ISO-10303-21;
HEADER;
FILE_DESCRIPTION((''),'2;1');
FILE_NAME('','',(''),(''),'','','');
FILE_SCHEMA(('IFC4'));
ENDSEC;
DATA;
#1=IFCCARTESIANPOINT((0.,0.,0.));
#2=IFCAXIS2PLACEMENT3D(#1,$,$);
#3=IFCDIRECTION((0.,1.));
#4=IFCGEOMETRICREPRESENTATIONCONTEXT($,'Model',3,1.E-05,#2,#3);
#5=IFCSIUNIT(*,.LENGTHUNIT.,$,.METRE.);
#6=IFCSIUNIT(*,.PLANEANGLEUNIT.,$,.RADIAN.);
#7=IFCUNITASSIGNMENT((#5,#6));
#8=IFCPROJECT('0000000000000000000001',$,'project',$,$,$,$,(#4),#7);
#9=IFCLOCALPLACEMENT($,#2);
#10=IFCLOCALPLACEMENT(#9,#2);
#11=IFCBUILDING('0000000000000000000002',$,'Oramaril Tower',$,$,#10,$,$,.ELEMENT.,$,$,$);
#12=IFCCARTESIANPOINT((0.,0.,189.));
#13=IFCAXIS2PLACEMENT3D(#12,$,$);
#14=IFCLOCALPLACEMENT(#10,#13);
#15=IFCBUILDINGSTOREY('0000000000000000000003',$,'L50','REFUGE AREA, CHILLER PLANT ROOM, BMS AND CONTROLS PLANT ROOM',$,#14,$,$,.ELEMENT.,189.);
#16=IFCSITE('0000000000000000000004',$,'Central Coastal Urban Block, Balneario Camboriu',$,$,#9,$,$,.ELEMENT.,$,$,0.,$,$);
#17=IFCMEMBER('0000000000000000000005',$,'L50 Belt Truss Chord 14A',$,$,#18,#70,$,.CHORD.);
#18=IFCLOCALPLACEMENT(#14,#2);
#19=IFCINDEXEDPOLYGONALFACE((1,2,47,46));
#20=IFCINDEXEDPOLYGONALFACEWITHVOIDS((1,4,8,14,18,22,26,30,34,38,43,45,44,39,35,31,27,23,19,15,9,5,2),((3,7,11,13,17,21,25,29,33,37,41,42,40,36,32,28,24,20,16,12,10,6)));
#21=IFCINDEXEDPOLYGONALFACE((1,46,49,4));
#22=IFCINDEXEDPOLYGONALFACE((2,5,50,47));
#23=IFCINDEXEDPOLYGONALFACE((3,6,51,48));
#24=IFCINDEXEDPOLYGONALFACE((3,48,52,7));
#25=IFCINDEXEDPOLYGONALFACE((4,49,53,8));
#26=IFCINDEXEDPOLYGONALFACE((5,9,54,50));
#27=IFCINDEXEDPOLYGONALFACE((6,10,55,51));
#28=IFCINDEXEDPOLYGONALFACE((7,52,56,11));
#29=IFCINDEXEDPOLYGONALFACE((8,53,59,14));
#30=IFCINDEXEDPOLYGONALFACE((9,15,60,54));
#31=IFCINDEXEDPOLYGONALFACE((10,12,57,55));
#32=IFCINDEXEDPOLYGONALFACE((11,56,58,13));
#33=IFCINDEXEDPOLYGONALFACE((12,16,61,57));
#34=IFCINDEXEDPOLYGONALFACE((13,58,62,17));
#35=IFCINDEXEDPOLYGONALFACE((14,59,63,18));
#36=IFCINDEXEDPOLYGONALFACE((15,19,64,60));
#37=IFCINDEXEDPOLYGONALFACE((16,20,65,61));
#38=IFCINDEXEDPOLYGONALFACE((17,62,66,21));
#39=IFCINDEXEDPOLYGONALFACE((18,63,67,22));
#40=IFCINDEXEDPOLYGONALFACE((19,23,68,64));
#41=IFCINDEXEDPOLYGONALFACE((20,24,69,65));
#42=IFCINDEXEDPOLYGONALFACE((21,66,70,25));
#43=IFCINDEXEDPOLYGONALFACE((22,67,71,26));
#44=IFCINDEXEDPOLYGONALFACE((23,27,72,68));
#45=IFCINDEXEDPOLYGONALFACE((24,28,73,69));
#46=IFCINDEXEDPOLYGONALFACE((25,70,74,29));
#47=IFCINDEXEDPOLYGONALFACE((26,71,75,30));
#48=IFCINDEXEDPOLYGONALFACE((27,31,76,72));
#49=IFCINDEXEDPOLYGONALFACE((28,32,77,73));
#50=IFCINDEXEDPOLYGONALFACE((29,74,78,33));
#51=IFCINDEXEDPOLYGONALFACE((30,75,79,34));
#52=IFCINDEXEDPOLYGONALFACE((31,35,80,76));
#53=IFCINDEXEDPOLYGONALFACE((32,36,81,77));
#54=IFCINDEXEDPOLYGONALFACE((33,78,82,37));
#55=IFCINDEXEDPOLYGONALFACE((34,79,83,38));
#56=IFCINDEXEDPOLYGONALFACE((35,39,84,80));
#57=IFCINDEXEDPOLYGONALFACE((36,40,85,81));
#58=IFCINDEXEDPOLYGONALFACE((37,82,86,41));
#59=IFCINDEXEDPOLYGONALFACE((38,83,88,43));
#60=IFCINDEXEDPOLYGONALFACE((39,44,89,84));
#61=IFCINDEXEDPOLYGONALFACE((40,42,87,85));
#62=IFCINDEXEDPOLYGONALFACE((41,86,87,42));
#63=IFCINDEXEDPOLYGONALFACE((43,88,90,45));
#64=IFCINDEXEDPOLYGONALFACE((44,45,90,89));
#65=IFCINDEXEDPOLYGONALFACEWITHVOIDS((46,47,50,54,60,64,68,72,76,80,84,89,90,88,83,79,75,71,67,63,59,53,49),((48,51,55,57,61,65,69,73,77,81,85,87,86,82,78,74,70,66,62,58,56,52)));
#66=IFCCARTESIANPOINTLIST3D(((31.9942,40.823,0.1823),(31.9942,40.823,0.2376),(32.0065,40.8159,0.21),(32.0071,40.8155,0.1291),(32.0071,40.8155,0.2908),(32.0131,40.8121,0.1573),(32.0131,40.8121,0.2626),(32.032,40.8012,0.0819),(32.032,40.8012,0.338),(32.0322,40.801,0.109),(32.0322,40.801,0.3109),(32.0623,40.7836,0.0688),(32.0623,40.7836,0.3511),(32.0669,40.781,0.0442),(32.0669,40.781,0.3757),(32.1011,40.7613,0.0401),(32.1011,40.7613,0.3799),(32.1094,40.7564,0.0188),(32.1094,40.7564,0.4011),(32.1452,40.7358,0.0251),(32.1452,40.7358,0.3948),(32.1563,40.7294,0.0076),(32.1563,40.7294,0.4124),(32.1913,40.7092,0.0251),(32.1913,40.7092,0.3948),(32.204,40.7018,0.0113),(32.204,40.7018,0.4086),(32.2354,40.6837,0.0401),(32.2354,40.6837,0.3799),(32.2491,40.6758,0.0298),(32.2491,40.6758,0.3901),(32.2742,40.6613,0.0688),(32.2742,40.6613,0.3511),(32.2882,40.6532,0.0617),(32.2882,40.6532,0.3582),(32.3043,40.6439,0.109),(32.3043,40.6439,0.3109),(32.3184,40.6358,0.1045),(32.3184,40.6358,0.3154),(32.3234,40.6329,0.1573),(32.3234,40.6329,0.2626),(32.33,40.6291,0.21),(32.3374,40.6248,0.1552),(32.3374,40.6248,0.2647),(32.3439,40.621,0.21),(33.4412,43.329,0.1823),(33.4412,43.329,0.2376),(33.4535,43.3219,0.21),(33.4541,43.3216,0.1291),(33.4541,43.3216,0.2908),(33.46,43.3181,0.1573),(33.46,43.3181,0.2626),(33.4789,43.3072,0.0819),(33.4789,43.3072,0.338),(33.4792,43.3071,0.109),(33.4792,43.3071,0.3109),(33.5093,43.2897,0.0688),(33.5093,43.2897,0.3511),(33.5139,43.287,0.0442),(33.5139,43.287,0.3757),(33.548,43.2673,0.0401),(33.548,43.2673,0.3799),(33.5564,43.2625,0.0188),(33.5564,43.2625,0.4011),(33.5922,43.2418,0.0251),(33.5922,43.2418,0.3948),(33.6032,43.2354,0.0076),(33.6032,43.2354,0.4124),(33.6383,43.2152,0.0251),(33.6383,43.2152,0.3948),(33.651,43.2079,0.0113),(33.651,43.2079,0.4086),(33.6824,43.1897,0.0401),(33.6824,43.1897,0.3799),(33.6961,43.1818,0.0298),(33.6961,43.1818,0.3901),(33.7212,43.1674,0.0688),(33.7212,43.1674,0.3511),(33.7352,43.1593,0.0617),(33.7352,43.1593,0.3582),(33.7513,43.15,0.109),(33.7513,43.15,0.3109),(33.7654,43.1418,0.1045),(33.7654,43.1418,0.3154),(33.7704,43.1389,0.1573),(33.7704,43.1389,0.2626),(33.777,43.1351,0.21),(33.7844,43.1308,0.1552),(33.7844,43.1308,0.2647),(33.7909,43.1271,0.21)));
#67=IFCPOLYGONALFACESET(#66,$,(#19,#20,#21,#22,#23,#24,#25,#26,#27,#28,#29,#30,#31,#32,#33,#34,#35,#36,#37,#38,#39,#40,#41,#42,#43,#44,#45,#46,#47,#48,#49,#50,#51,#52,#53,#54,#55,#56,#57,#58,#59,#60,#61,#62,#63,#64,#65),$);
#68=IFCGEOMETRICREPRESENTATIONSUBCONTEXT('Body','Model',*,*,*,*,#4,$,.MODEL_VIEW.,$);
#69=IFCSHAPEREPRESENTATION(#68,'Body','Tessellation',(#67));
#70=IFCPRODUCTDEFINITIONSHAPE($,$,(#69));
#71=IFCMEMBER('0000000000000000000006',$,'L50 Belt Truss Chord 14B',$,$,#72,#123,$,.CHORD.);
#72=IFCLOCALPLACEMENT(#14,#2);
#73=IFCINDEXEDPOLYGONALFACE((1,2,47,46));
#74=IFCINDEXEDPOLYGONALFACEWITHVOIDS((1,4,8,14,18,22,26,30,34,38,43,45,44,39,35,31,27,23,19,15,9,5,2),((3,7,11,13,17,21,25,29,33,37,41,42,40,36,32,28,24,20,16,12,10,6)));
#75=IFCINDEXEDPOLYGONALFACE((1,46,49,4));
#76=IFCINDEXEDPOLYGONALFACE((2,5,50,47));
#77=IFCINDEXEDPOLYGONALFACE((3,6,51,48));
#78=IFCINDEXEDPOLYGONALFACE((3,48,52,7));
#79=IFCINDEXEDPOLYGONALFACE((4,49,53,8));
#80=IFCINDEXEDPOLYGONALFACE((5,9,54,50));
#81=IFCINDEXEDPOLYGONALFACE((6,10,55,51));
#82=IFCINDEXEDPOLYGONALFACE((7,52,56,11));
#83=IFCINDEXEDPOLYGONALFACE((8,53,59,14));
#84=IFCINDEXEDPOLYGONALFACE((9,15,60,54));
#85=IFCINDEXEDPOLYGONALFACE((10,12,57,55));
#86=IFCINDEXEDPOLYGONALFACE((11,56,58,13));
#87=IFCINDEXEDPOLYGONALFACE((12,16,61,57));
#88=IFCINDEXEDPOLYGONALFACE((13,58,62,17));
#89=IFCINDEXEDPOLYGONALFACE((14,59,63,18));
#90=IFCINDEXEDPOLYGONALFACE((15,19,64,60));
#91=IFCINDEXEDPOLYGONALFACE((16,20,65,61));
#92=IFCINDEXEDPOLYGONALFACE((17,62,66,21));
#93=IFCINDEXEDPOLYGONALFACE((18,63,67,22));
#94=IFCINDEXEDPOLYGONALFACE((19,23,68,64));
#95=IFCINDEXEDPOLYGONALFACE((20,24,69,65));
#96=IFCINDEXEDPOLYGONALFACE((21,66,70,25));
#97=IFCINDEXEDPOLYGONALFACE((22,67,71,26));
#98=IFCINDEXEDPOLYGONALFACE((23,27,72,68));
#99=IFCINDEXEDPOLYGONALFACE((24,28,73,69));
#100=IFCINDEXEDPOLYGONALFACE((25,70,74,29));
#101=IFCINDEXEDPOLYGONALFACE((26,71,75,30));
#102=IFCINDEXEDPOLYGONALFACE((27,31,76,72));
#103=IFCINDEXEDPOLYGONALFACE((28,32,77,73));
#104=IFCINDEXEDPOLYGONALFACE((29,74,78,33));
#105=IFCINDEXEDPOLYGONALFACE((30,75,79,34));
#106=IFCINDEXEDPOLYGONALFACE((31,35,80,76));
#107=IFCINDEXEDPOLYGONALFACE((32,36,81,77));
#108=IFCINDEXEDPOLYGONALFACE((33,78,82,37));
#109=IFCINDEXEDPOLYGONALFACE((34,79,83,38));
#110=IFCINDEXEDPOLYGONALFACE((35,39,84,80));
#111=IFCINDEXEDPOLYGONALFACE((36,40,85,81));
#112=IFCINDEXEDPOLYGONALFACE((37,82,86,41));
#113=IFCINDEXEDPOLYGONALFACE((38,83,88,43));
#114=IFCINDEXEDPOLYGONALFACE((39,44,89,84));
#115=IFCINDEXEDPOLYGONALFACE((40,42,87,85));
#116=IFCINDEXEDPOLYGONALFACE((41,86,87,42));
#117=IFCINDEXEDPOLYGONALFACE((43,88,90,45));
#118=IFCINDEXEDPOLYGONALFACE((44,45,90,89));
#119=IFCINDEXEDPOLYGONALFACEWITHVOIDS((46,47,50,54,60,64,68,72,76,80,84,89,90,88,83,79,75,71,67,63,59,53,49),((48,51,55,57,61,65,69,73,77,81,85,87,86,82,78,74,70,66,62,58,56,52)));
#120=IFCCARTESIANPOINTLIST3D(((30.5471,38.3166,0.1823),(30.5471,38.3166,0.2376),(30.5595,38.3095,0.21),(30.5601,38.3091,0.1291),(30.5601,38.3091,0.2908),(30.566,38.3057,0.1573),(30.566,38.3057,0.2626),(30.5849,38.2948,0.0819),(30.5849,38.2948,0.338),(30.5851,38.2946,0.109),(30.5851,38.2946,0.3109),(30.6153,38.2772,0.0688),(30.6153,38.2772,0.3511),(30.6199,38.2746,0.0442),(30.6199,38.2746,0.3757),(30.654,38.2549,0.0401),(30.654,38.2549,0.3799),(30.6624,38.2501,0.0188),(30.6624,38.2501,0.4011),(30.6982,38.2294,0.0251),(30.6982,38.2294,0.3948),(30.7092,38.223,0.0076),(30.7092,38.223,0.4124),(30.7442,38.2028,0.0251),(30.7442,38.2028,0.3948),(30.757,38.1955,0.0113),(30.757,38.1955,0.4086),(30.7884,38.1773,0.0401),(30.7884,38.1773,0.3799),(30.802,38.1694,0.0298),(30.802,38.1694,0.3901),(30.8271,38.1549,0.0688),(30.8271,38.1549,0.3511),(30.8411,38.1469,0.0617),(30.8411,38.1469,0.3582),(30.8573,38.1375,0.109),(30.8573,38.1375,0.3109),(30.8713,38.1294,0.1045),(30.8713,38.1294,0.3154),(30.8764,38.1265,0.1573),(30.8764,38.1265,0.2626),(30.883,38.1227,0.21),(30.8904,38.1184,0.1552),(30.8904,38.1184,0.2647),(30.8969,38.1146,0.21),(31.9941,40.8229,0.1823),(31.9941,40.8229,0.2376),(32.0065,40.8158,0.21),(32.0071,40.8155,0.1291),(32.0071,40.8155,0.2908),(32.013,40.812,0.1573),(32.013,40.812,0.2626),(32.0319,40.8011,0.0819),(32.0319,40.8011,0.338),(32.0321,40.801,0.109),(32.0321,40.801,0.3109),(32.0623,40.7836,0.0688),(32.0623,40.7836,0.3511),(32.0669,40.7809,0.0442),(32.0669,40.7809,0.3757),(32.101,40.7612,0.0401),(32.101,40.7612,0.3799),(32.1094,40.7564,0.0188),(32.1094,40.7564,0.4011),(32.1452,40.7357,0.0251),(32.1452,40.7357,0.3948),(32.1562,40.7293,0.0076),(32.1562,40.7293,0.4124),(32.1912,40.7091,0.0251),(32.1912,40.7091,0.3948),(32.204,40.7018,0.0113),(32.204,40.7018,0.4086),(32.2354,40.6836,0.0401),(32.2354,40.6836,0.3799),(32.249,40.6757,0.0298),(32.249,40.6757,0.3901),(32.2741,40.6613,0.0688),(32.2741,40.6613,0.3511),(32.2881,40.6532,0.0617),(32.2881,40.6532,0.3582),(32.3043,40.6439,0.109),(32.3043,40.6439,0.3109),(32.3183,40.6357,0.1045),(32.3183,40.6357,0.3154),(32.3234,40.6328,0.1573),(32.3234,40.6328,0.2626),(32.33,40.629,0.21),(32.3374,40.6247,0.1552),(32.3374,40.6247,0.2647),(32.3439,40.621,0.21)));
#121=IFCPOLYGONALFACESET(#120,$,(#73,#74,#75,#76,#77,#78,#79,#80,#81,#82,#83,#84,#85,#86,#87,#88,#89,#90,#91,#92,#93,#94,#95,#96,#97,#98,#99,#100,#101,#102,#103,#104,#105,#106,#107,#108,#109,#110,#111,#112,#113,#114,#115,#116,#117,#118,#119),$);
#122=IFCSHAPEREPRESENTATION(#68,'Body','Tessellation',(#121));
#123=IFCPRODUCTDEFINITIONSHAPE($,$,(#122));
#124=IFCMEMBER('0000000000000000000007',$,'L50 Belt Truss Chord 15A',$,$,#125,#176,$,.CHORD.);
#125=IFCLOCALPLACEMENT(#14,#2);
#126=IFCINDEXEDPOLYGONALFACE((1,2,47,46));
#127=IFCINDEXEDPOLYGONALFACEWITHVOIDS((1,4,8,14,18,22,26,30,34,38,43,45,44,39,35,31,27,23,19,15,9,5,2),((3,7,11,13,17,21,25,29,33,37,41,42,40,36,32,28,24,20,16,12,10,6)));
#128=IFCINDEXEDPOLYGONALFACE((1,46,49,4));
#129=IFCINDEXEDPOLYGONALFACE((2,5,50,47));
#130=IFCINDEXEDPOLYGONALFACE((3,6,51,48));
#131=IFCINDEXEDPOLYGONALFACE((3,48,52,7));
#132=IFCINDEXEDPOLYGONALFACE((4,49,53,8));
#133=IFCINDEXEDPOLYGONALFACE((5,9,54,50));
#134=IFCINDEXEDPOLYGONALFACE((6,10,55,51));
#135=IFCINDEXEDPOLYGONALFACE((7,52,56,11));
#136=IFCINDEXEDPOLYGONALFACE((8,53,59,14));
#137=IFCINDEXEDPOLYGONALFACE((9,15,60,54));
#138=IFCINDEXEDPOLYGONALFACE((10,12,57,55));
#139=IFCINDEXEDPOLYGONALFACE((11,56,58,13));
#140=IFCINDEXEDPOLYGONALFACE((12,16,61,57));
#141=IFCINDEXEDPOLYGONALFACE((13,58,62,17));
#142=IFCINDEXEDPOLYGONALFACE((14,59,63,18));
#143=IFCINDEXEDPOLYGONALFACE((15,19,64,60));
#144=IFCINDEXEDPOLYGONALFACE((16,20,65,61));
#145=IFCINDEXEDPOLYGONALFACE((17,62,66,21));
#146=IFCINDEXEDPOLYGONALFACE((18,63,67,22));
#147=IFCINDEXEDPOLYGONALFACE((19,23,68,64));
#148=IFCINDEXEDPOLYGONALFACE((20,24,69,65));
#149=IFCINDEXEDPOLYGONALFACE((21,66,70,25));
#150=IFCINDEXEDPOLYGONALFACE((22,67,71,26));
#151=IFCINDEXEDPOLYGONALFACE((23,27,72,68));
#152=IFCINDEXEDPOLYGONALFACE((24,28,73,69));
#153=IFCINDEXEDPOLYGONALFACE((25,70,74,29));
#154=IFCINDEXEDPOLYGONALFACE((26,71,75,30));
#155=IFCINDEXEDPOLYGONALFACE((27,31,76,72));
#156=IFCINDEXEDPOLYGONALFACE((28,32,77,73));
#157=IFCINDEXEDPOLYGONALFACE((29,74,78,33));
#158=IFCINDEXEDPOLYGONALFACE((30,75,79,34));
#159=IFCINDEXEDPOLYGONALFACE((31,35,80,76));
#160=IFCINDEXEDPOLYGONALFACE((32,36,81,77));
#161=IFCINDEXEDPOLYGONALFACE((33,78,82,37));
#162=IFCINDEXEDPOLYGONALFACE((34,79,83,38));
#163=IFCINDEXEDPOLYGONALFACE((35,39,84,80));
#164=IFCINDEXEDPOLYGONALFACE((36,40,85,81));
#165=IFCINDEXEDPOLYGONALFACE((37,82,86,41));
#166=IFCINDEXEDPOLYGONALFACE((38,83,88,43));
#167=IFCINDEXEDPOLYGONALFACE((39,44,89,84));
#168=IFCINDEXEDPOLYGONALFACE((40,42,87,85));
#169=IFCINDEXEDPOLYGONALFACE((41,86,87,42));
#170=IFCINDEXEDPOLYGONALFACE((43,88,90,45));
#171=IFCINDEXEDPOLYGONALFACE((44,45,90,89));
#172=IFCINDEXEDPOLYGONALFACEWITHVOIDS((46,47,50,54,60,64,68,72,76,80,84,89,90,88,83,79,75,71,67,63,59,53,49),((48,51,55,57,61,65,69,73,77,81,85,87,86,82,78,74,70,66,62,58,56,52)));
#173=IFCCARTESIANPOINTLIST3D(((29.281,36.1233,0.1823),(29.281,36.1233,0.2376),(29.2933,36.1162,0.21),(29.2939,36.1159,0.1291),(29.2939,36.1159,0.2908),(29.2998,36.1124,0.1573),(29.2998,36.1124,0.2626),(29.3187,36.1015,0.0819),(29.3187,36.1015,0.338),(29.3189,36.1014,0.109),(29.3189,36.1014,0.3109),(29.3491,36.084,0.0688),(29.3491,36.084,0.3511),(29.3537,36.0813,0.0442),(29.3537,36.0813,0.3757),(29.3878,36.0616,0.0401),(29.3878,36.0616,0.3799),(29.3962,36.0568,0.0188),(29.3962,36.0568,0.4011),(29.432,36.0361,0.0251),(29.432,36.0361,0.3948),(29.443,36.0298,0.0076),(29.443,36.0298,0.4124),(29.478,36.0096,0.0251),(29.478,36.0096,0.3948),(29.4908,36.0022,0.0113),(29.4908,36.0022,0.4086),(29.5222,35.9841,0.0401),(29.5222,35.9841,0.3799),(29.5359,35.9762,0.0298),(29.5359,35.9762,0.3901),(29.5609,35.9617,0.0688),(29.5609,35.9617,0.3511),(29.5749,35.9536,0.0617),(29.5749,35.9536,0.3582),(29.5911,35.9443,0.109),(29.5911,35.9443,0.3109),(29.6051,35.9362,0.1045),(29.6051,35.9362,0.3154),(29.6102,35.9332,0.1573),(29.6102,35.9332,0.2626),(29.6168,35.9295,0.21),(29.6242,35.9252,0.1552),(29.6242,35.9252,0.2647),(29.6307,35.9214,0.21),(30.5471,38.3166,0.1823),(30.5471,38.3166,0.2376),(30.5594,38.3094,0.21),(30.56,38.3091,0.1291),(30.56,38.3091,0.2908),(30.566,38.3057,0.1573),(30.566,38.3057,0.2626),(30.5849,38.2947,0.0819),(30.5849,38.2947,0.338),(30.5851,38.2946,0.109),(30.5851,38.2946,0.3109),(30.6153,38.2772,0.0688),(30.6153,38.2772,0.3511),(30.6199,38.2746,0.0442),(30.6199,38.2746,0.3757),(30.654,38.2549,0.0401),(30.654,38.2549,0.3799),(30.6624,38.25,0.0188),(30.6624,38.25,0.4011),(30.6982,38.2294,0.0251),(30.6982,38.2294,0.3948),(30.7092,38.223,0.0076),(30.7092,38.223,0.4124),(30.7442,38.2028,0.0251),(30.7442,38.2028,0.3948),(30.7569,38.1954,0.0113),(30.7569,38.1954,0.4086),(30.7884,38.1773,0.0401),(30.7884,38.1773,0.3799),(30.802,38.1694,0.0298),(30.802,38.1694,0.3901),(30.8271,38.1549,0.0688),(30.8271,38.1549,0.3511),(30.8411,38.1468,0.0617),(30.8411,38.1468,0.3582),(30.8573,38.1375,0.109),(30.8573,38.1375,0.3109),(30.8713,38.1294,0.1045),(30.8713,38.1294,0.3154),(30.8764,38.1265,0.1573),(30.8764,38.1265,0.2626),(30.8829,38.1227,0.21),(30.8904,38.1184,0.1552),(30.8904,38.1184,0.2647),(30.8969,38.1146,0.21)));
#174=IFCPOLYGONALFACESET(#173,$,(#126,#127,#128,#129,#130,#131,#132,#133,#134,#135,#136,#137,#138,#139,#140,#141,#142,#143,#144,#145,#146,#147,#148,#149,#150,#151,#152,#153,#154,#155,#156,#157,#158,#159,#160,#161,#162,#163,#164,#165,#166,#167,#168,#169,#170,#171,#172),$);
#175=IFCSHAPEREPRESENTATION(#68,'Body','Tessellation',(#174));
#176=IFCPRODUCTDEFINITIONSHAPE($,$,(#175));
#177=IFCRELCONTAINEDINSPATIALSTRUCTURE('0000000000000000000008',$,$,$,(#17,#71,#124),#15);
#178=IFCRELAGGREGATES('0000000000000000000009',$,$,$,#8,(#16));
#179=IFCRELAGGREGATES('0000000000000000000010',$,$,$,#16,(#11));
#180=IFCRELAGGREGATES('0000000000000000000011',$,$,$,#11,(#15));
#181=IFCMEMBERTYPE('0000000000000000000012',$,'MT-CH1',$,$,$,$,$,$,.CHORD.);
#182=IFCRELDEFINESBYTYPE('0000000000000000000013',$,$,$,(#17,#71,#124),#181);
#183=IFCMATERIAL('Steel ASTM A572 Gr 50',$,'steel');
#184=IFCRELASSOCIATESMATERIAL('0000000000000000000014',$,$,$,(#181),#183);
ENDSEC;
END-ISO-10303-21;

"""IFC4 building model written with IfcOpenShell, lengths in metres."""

from ifc_helpers import new_model, si_unit, direction, frame, origin, origin_2d, place, context, subcontext, project, spatial, hollow_circle, extrude, material, material_profile, profile_set, type_object, element, save


model = new_model("IFC4")

# Units and contexts
model_context = context("Model", 3, precision=1e-05, world=origin(), true_north=direction((0.0, 1.0)))
body_context = subcontext(model_context, "Body", "Model", "MODEL_VIEW")
ifc_project = project(units=[si_unit("LENGTHUNIT", "METRE"), si_unit("PLANEANGLEUNIT", "RADIAN")], contexts=[model_context])

# Site, building, storey
site_placement = place(None, origin())
site = spatial("IfcSite", under=ifc_project, at=site_placement, Name="Central Coastal Urban Block, Balneario Camboriu", CompositionType="ELEMENT", RefElevation=0.0)
building_placement = place(site_placement, origin())
building = spatial("IfcBuilding", under=site, at=building_placement, Name="Oramaril Tower", CompositionType="ELEMENT")
storey_placement = place(building_placement, frame((0.0, 0.0, 189.0)))
storey = spatial("IfcBuildingStorey", under=building, at=storey_placement, Name="L50", Description="REFUGE AREA, CHILLER PLANT ROOM, BMS AND CONTROLS PLANT ROOM", CompositionType="ELEMENT", Elevation=189.0)

# Members
ifc_material_1 = material(Name="Steel ASTM A572 Gr 50", Category="steel")
ifc_material_profile_1 = material_profile(ifc_material_1, hollow_circle(Radius=0.2029, WallThickness=0.0161, at=origin_2d()), Name="CHS406X16")
ifc_profile_set_1 = profile_set([ifc_material_profile_1], Name="Steel ASTM A572 Gr 50")
member_type_1 = type_object("IfcMemberType", Name="MT-CH1", PredefinedType="CHORD", material=ifc_profile_set_1)
member_1_placement = place(storey_placement, frame((33.6152, 43.2285, 0.21), z_axis=(-0.500032, -0.866007, 0.0), x_axis=(0.866007, -0.500032, 0.0)))
element("IfcMember", 1, at=member_1_placement, inside=storey, type_object=member_type_1, Name="L50 Belt Truss Chord 14A", PredefinedType="CHORD", context=body_context, shape_type="SweptSolid", body=[
    extrude(hollow_circle(Radius=0.2029, WallThickness=0.0161, at=origin_2d()), origin(), (0.0, 0.0, 1.0), 2.8938),
])
member_2_placement = place(storey_placement, frame((32.1682, 40.7224, 0.21), z_axis=(-0.499995, -0.866028, 0.0), x_axis=(0.866028, -0.499995, 0.0)))
element("IfcMember", 2, at=member_2_placement, inside=storey, type_object=member_type_1, Name="L50 Belt Truss Chord 14B", PredefinedType="CHORD", context=body_context, shape_type="SweptSolid", body=[
    extrude(hollow_circle(Radius=0.2029, WallThickness=0.0161, at=origin_2d()), origin(), (0.0, 0.0, 1.0), 2.894),
])
member_3_placement = place(storey_placement, frame((30.7212, 38.2161, 0.21), z_axis=(-0.499976, -0.866039, 0.0), x_axis=(0.866039, -0.499976, 0.0)))
element("IfcMember", 3, at=member_3_placement, inside=storey, type_object=member_type_1, Name="L50 Belt Truss Chord 15A", PredefinedType="CHORD", context=body_context, shape_type="SweptSolid", body=[
    extrude(hollow_circle(Radius=0.2029, WallThickness=0.0161, at=origin_2d()), origin(), (0.0, 0.0, 1.0), 2.5325),
])

save(model, "model.ifc")
